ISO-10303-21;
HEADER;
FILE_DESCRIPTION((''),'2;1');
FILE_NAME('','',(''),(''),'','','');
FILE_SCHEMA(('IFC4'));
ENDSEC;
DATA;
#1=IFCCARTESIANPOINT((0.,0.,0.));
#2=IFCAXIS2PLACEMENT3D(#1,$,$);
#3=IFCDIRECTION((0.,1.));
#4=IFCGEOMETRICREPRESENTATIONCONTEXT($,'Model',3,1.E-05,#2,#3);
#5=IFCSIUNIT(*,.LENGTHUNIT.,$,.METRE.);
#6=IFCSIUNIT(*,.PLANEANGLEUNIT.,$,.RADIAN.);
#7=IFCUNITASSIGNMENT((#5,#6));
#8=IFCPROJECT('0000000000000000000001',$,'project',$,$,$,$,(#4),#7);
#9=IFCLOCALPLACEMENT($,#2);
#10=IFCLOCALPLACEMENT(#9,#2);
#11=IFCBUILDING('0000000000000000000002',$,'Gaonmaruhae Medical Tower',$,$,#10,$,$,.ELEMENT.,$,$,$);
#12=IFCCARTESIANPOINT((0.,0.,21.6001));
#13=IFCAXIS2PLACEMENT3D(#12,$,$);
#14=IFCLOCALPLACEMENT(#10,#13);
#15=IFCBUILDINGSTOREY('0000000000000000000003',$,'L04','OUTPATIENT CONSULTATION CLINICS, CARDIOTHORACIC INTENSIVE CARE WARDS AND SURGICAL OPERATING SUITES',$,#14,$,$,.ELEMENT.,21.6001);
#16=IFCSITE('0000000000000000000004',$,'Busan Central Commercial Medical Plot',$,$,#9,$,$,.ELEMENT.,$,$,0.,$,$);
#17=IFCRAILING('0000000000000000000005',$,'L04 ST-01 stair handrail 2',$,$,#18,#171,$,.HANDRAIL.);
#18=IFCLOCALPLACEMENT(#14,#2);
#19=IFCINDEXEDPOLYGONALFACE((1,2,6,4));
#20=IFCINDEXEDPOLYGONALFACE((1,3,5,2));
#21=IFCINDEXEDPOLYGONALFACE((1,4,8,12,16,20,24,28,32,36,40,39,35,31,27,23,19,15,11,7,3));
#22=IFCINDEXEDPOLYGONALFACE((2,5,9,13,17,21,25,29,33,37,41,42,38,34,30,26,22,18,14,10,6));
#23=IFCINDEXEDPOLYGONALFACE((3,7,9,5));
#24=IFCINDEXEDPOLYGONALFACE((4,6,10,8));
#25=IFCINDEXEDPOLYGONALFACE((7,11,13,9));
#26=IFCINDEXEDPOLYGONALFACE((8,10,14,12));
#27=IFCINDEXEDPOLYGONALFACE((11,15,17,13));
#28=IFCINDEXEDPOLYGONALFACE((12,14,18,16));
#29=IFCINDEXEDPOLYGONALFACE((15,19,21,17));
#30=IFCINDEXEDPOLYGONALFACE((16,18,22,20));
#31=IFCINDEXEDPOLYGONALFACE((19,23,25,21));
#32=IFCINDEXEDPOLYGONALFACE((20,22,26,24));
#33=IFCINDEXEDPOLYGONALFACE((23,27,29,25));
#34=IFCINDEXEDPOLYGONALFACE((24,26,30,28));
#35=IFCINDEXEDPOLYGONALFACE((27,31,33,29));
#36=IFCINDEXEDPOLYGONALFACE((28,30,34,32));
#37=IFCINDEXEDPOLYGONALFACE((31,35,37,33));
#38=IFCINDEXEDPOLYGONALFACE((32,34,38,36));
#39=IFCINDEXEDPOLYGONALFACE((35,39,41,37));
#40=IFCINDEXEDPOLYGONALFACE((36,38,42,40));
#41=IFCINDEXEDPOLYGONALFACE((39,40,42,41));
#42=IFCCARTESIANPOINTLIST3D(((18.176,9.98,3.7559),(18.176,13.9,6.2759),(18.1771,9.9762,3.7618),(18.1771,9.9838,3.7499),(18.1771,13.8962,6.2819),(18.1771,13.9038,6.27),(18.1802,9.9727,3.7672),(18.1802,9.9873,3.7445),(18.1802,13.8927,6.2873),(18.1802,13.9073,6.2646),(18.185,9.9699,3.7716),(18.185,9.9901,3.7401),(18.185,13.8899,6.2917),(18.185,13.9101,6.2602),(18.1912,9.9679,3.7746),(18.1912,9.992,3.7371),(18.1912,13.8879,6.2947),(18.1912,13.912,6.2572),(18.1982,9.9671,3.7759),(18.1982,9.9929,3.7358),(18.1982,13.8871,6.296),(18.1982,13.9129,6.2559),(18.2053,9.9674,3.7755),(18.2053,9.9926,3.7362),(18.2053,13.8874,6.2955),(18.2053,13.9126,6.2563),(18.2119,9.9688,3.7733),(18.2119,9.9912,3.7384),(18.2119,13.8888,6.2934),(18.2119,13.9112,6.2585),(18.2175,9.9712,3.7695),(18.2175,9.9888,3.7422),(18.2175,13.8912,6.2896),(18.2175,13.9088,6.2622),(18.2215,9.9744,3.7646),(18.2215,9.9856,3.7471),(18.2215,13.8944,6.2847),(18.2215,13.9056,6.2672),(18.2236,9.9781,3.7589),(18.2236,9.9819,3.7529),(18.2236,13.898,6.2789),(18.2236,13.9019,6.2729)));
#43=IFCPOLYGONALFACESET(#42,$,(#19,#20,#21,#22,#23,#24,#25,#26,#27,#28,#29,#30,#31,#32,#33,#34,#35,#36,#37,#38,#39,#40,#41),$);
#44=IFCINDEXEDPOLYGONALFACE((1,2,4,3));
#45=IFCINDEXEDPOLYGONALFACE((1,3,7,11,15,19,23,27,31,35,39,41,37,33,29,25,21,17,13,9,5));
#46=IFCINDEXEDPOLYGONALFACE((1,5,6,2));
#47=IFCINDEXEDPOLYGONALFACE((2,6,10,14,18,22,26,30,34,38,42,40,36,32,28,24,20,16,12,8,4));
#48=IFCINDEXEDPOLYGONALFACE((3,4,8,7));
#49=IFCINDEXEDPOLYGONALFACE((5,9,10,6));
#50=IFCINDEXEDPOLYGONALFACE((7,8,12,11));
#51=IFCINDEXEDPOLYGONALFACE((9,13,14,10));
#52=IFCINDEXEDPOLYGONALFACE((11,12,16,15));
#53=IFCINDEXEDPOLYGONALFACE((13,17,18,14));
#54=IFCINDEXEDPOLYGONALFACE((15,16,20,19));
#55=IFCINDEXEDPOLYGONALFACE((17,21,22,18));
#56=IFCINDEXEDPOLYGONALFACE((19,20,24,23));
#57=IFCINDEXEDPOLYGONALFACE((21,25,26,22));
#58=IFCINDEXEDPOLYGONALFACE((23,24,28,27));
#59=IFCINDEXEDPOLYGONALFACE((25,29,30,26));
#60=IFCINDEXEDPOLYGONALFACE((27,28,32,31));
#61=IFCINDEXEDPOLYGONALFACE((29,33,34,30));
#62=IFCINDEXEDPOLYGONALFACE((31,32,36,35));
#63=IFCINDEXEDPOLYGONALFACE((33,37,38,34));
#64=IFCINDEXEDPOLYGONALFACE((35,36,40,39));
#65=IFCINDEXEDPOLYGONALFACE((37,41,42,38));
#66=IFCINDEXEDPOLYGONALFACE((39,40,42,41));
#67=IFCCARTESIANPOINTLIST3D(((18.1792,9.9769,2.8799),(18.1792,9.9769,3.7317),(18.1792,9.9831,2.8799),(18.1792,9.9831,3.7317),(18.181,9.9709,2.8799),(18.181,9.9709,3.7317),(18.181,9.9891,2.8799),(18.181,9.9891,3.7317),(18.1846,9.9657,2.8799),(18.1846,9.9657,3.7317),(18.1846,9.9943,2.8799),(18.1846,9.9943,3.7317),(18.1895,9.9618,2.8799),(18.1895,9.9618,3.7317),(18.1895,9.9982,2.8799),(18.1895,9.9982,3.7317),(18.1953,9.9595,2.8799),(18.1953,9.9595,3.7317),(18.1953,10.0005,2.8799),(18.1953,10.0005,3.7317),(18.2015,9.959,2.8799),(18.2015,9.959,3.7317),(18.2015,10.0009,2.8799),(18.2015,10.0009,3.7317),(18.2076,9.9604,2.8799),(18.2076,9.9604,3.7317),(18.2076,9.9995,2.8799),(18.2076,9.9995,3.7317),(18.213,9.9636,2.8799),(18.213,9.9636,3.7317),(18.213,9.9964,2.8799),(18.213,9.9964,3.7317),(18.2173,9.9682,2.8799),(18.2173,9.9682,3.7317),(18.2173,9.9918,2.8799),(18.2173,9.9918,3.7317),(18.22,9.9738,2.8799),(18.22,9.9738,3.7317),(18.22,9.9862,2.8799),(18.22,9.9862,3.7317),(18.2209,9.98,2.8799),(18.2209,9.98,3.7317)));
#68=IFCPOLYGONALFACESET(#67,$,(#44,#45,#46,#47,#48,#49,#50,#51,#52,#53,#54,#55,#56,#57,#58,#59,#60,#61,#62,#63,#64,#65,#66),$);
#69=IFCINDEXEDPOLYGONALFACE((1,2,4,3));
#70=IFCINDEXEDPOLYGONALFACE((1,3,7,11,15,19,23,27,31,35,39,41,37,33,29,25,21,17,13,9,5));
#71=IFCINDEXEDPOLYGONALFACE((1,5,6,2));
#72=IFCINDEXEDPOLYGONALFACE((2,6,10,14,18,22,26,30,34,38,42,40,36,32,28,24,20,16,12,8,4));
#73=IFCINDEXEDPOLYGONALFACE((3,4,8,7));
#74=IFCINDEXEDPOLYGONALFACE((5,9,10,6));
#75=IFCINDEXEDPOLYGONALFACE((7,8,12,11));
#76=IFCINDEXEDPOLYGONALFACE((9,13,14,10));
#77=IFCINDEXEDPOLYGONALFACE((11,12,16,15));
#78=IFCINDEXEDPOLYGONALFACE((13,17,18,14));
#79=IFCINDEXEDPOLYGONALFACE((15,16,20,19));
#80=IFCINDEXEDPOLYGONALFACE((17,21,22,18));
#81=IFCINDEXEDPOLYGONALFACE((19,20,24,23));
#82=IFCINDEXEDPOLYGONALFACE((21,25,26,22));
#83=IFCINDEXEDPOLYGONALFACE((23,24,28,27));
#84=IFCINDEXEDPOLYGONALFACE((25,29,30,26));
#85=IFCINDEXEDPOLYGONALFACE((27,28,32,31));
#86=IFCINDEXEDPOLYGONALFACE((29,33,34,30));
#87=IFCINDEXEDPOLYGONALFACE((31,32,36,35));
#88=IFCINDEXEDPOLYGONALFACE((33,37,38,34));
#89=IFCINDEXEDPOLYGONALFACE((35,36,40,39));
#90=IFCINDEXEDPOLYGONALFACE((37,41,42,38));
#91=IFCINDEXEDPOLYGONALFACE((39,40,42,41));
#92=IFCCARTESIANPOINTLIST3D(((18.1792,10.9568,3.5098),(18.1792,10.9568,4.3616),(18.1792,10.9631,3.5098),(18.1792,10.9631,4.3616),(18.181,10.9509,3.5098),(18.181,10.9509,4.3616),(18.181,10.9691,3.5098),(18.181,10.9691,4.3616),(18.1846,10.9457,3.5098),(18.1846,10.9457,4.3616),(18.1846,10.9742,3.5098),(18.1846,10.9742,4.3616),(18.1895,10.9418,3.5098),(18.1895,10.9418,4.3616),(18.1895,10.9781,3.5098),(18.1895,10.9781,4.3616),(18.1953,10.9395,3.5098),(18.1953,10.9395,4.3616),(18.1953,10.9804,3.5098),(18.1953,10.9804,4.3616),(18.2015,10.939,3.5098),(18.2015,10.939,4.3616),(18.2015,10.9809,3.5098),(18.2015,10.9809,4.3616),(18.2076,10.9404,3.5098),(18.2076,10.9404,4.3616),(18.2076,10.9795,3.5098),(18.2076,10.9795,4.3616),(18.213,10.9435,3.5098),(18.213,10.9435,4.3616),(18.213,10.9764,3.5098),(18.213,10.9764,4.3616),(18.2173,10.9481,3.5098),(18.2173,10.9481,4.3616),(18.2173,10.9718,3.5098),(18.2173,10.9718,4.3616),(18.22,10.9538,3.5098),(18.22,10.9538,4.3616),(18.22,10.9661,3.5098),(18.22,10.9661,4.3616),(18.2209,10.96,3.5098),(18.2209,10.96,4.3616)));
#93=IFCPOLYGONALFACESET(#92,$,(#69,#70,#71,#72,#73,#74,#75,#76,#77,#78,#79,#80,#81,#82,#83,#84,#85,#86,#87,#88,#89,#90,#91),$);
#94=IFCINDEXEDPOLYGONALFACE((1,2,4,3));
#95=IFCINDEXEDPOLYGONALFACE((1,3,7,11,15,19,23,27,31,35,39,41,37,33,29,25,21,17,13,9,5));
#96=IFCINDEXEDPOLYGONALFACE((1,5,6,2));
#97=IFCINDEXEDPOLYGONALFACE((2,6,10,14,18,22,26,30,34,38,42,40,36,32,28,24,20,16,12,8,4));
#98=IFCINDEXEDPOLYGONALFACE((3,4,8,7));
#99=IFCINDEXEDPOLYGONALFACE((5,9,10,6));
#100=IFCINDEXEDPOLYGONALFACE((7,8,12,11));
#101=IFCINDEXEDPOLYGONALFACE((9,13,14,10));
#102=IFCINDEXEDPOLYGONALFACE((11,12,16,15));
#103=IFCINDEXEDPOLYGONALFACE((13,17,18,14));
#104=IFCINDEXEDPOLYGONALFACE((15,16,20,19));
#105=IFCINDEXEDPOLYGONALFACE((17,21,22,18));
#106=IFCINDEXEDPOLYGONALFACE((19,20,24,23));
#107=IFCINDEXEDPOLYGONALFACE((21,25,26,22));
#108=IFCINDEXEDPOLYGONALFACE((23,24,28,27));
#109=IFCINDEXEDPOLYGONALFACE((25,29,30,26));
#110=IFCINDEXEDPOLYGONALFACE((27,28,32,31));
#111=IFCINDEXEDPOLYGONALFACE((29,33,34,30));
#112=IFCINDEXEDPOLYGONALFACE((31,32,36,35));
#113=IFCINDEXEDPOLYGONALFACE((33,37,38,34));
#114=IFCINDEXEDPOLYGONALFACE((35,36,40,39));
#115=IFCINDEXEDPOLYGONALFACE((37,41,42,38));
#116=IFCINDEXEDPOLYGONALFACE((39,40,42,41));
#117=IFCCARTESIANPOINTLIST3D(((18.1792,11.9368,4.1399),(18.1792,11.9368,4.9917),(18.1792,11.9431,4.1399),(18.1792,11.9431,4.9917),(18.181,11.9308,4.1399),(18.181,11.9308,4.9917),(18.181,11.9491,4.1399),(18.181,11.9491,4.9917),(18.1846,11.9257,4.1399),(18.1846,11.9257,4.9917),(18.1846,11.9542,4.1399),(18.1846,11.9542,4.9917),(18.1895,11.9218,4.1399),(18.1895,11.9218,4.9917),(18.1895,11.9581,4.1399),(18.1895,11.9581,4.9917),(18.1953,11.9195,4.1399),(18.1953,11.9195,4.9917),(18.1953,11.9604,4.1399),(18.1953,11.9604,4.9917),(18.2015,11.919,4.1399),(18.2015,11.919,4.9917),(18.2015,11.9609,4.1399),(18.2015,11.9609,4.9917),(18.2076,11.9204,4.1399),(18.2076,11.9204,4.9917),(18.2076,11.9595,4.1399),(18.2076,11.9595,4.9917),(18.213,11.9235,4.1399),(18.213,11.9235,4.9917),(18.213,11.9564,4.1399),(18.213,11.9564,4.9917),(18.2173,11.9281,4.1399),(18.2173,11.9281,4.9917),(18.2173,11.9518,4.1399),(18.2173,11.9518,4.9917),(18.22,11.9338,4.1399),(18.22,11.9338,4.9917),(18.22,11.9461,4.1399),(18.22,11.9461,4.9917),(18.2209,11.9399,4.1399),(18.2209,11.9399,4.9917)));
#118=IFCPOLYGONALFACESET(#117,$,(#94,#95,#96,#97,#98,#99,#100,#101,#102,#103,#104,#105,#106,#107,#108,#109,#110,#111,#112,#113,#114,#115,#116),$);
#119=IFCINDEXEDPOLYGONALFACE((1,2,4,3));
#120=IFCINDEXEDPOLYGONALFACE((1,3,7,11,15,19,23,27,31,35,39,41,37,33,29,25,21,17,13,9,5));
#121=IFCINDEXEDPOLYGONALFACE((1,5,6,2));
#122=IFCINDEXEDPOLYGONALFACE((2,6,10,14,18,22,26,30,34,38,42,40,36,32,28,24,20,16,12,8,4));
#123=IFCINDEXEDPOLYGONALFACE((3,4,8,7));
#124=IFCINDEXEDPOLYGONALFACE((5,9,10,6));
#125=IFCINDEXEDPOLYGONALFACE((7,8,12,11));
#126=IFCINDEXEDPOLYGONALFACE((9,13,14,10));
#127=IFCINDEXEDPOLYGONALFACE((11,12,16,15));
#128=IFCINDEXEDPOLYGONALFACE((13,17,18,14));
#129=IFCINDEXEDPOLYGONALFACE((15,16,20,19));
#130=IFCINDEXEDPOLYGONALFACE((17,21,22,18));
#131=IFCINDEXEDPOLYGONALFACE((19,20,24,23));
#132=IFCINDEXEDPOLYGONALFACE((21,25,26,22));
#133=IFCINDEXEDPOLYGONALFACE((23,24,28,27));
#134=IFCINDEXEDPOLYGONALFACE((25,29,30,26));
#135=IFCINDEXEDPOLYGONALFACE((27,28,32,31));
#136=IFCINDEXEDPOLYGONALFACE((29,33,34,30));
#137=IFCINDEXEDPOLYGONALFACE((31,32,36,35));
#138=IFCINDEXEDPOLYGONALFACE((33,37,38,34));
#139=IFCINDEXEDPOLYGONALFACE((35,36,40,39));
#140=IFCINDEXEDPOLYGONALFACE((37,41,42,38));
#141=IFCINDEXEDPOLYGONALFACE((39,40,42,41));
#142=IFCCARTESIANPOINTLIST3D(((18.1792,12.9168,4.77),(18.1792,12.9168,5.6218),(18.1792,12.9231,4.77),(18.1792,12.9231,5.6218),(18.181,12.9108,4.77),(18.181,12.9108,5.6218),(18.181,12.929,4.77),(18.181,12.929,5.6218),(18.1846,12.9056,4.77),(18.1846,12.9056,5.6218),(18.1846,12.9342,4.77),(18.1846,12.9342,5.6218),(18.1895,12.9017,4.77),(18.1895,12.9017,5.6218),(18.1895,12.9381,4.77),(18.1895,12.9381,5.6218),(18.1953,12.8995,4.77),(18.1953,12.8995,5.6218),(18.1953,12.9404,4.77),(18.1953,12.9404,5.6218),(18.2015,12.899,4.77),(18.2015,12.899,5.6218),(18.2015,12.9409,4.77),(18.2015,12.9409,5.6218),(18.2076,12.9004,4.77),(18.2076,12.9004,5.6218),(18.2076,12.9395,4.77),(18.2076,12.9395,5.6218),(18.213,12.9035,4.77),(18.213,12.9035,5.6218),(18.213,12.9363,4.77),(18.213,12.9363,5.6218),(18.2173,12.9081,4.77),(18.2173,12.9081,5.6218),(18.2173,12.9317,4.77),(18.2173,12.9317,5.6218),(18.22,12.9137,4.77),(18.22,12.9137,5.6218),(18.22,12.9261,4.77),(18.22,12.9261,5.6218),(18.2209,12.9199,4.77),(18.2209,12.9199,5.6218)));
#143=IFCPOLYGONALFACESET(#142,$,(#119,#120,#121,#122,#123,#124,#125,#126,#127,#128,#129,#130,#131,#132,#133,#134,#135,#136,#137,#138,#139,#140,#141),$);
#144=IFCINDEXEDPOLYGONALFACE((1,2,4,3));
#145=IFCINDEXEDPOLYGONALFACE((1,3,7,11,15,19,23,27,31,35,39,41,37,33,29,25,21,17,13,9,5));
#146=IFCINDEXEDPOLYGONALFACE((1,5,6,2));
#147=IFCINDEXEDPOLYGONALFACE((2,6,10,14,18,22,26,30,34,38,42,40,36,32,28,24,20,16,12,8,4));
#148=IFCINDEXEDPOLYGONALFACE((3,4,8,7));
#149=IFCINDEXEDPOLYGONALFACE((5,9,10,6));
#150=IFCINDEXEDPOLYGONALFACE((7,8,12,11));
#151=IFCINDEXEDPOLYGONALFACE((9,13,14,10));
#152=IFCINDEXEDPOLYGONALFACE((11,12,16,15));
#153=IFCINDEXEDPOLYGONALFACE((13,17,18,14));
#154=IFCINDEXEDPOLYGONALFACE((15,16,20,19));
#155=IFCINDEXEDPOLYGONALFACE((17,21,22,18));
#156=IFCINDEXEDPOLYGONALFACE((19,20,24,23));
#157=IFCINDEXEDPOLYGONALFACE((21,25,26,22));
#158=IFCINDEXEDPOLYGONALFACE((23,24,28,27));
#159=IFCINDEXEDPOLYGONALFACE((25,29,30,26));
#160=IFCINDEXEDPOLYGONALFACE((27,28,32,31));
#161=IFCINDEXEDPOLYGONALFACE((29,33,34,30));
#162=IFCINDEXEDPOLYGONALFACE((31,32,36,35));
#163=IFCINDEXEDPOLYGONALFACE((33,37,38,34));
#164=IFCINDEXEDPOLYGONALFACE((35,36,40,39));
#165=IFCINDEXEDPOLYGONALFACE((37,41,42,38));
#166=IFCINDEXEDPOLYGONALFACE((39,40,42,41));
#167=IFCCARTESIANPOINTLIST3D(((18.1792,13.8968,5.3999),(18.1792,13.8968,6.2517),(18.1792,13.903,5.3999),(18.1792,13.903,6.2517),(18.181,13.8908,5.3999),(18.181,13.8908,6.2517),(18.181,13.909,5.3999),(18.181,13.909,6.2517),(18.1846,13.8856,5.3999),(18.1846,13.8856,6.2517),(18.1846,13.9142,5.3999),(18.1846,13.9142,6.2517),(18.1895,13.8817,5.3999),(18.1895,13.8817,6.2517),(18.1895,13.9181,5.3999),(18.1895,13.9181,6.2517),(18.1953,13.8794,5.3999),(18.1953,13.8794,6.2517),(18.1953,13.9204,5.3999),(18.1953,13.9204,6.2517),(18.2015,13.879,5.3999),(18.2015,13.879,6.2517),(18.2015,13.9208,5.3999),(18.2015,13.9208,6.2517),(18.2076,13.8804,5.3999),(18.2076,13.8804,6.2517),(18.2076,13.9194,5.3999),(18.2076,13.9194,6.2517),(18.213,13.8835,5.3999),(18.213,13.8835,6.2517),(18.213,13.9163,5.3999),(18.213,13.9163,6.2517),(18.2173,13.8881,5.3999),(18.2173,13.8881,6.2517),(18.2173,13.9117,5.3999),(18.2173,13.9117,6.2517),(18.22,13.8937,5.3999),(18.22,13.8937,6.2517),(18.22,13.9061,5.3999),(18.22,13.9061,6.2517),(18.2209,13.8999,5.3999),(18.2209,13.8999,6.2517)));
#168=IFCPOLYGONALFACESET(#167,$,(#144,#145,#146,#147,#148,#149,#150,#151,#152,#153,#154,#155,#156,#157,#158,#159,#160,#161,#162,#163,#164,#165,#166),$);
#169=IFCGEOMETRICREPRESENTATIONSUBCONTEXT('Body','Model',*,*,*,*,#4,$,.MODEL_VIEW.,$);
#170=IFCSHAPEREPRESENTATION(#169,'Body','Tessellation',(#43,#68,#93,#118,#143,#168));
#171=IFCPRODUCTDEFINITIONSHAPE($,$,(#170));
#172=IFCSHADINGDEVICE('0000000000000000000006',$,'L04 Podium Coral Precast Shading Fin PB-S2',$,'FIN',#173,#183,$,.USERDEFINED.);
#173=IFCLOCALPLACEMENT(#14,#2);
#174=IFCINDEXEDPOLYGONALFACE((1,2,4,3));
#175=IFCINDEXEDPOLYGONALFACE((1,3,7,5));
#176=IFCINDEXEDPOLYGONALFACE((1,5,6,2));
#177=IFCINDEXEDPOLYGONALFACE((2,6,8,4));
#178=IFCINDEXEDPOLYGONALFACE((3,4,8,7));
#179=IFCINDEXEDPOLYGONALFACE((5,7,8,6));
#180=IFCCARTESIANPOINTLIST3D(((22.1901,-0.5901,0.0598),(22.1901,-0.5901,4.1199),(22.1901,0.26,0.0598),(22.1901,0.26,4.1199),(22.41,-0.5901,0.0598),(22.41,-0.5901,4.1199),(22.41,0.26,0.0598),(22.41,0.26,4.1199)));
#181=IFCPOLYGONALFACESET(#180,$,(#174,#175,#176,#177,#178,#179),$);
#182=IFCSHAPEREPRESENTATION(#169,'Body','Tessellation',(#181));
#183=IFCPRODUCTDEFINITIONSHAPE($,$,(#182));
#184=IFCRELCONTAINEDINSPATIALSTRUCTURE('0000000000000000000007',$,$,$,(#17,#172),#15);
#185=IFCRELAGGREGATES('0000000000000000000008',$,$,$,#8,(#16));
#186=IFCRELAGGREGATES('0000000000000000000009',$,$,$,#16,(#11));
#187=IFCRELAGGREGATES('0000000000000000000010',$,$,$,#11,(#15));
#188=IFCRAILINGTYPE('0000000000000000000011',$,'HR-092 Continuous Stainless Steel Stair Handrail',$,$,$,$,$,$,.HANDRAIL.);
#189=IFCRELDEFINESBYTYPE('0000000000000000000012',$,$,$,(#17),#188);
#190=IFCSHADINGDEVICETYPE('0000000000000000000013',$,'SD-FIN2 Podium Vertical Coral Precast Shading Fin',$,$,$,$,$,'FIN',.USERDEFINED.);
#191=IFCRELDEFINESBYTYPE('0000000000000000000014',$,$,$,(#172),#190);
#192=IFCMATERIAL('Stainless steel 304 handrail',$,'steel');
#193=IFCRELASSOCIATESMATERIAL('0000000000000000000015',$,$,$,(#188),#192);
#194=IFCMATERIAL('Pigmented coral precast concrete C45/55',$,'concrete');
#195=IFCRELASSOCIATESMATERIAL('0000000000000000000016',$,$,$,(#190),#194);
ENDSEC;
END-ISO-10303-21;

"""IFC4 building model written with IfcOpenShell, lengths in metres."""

from ifc_helpers import new_model, si_unit, direction, frame, origin, origin_2d, place, context, subcontext, project, spatial, rectangle, circle, extrude, material, type_object, element, save


model = new_model("IFC4")

# Units and contexts
model_context = context("Model", 3, precision=1e-05, world=origin(), true_north=direction((0.0, 1.0)))
body_context = subcontext(model_context, "Body", "Model", "MODEL_VIEW")
ifc_project = project(units=[si_unit("LENGTHUNIT", "METRE"), si_unit("PLANEANGLEUNIT", "RADIAN")], contexts=[model_context])

# Site, building, storey
site_placement = place(None, origin())
site = spatial("IfcSite", under=ifc_project, at=site_placement, Name="Busan Central Commercial Medical Plot", CompositionType="ELEMENT", RefElevation=0.0)
building_placement = place(site_placement, origin())
building = spatial("IfcBuilding", under=site, at=building_placement, Name="Gaonmaruhae Medical Tower", CompositionType="ELEMENT")
storey_placement = place(building_placement, frame((0.0, 0.0, 21.6001)))
storey = spatial("IfcBuildingStorey", under=building, at=storey_placement, Name="L04", Description="OUTPATIENT CONSULTATION CLINICS, CARDIOTHORACIC INTENSIVE CARE WARDS AND SURGICAL OPERATING SUITES", CompositionType="ELEMENT", Elevation=21.6001)

# Railing
ifc_material_1 = material(Name="Stainless steel 304 handrail", Category="steel")
railing_type_1 = type_object("IfcRailingType", Name="HR-092 Continuous Stainless Steel Stair Handrail", PredefinedType="HANDRAIL", material=ifc_material_1)
railing_1_placement = place(storey_placement, frame((18.2, 9.98, 2.8799)))
element("IfcRailing", 1, at=railing_1_placement, inside=storey, type_object=railing_type_1, Name="L04 ST-01 stair handrail 2", PredefinedType="HANDRAIL", context=body_context, shape_type="SweptSolid", body=[
    extrude(circle(Radius=0.0239, at=origin_2d()), frame((0.0, 0.0, 0.876), z_axis=(0.0, 0.841172, 0.540768), x_axis=(-1.0, 0.0, 0.0)), (0.0, 0.0, 1.0), 4.6602),
    extrude(circle(Radius=0.021, at=origin_2d()), origin(), (0.0, 0.0, 1.0), 0.8518),
    extrude(circle(Radius=0.021, at=origin_2d()), frame((0.0, 0.98, 0.6299)), (0.0, 0.0, 1.0), 0.8518),
    extrude(circle(Radius=0.021, at=origin_2d()), frame((0.0, 1.96, 1.26)), (0.0, 0.0, 1.0), 0.8518),
    extrude(circle(Radius=0.021, at=origin_2d()), frame((0.0, 2.9399, 1.8901)), (0.0, 0.0, 1.0), 0.8518),
    extrude(circle(Radius=0.021, at=origin_2d()), frame((0.0, 3.9199, 2.52)), (0.0, 0.0, 1.0), 0.8518),
])

# Shading device
ifc_material_2 = material(Name="Pigmented coral precast concrete C45/55", Category="concrete")
shading_device_type = type_object("IfcShadingDeviceType", Name="SD-FIN2 Podium Vertical Coral Precast Shading Fin", ElementType="FIN", PredefinedType="USERDEFINED", material=ifc_material_2)
shading_device_placement = place(storey_placement, frame((22.3, -0.165, 0.0598), z_axis=(0.0, 0.0, 1.0), x_axis=(-1.0, 0.0, 0.0)))
element("IfcShadingDevice", 2, at=shading_device_placement, inside=storey, type_object=shading_device_type, Name="L04 Podium Coral Precast Shading Fin PB-S2", ObjectType="FIN", PredefinedType="USERDEFINED", context=body_context, shape_type="SweptSolid", body=[
    extrude(rectangle(XDim=0.22, YDim=0.8501, at=origin_2d()), origin(), (0.0, 0.0, 1.0), 4.0601),
])

save(model, "model.ifc")
